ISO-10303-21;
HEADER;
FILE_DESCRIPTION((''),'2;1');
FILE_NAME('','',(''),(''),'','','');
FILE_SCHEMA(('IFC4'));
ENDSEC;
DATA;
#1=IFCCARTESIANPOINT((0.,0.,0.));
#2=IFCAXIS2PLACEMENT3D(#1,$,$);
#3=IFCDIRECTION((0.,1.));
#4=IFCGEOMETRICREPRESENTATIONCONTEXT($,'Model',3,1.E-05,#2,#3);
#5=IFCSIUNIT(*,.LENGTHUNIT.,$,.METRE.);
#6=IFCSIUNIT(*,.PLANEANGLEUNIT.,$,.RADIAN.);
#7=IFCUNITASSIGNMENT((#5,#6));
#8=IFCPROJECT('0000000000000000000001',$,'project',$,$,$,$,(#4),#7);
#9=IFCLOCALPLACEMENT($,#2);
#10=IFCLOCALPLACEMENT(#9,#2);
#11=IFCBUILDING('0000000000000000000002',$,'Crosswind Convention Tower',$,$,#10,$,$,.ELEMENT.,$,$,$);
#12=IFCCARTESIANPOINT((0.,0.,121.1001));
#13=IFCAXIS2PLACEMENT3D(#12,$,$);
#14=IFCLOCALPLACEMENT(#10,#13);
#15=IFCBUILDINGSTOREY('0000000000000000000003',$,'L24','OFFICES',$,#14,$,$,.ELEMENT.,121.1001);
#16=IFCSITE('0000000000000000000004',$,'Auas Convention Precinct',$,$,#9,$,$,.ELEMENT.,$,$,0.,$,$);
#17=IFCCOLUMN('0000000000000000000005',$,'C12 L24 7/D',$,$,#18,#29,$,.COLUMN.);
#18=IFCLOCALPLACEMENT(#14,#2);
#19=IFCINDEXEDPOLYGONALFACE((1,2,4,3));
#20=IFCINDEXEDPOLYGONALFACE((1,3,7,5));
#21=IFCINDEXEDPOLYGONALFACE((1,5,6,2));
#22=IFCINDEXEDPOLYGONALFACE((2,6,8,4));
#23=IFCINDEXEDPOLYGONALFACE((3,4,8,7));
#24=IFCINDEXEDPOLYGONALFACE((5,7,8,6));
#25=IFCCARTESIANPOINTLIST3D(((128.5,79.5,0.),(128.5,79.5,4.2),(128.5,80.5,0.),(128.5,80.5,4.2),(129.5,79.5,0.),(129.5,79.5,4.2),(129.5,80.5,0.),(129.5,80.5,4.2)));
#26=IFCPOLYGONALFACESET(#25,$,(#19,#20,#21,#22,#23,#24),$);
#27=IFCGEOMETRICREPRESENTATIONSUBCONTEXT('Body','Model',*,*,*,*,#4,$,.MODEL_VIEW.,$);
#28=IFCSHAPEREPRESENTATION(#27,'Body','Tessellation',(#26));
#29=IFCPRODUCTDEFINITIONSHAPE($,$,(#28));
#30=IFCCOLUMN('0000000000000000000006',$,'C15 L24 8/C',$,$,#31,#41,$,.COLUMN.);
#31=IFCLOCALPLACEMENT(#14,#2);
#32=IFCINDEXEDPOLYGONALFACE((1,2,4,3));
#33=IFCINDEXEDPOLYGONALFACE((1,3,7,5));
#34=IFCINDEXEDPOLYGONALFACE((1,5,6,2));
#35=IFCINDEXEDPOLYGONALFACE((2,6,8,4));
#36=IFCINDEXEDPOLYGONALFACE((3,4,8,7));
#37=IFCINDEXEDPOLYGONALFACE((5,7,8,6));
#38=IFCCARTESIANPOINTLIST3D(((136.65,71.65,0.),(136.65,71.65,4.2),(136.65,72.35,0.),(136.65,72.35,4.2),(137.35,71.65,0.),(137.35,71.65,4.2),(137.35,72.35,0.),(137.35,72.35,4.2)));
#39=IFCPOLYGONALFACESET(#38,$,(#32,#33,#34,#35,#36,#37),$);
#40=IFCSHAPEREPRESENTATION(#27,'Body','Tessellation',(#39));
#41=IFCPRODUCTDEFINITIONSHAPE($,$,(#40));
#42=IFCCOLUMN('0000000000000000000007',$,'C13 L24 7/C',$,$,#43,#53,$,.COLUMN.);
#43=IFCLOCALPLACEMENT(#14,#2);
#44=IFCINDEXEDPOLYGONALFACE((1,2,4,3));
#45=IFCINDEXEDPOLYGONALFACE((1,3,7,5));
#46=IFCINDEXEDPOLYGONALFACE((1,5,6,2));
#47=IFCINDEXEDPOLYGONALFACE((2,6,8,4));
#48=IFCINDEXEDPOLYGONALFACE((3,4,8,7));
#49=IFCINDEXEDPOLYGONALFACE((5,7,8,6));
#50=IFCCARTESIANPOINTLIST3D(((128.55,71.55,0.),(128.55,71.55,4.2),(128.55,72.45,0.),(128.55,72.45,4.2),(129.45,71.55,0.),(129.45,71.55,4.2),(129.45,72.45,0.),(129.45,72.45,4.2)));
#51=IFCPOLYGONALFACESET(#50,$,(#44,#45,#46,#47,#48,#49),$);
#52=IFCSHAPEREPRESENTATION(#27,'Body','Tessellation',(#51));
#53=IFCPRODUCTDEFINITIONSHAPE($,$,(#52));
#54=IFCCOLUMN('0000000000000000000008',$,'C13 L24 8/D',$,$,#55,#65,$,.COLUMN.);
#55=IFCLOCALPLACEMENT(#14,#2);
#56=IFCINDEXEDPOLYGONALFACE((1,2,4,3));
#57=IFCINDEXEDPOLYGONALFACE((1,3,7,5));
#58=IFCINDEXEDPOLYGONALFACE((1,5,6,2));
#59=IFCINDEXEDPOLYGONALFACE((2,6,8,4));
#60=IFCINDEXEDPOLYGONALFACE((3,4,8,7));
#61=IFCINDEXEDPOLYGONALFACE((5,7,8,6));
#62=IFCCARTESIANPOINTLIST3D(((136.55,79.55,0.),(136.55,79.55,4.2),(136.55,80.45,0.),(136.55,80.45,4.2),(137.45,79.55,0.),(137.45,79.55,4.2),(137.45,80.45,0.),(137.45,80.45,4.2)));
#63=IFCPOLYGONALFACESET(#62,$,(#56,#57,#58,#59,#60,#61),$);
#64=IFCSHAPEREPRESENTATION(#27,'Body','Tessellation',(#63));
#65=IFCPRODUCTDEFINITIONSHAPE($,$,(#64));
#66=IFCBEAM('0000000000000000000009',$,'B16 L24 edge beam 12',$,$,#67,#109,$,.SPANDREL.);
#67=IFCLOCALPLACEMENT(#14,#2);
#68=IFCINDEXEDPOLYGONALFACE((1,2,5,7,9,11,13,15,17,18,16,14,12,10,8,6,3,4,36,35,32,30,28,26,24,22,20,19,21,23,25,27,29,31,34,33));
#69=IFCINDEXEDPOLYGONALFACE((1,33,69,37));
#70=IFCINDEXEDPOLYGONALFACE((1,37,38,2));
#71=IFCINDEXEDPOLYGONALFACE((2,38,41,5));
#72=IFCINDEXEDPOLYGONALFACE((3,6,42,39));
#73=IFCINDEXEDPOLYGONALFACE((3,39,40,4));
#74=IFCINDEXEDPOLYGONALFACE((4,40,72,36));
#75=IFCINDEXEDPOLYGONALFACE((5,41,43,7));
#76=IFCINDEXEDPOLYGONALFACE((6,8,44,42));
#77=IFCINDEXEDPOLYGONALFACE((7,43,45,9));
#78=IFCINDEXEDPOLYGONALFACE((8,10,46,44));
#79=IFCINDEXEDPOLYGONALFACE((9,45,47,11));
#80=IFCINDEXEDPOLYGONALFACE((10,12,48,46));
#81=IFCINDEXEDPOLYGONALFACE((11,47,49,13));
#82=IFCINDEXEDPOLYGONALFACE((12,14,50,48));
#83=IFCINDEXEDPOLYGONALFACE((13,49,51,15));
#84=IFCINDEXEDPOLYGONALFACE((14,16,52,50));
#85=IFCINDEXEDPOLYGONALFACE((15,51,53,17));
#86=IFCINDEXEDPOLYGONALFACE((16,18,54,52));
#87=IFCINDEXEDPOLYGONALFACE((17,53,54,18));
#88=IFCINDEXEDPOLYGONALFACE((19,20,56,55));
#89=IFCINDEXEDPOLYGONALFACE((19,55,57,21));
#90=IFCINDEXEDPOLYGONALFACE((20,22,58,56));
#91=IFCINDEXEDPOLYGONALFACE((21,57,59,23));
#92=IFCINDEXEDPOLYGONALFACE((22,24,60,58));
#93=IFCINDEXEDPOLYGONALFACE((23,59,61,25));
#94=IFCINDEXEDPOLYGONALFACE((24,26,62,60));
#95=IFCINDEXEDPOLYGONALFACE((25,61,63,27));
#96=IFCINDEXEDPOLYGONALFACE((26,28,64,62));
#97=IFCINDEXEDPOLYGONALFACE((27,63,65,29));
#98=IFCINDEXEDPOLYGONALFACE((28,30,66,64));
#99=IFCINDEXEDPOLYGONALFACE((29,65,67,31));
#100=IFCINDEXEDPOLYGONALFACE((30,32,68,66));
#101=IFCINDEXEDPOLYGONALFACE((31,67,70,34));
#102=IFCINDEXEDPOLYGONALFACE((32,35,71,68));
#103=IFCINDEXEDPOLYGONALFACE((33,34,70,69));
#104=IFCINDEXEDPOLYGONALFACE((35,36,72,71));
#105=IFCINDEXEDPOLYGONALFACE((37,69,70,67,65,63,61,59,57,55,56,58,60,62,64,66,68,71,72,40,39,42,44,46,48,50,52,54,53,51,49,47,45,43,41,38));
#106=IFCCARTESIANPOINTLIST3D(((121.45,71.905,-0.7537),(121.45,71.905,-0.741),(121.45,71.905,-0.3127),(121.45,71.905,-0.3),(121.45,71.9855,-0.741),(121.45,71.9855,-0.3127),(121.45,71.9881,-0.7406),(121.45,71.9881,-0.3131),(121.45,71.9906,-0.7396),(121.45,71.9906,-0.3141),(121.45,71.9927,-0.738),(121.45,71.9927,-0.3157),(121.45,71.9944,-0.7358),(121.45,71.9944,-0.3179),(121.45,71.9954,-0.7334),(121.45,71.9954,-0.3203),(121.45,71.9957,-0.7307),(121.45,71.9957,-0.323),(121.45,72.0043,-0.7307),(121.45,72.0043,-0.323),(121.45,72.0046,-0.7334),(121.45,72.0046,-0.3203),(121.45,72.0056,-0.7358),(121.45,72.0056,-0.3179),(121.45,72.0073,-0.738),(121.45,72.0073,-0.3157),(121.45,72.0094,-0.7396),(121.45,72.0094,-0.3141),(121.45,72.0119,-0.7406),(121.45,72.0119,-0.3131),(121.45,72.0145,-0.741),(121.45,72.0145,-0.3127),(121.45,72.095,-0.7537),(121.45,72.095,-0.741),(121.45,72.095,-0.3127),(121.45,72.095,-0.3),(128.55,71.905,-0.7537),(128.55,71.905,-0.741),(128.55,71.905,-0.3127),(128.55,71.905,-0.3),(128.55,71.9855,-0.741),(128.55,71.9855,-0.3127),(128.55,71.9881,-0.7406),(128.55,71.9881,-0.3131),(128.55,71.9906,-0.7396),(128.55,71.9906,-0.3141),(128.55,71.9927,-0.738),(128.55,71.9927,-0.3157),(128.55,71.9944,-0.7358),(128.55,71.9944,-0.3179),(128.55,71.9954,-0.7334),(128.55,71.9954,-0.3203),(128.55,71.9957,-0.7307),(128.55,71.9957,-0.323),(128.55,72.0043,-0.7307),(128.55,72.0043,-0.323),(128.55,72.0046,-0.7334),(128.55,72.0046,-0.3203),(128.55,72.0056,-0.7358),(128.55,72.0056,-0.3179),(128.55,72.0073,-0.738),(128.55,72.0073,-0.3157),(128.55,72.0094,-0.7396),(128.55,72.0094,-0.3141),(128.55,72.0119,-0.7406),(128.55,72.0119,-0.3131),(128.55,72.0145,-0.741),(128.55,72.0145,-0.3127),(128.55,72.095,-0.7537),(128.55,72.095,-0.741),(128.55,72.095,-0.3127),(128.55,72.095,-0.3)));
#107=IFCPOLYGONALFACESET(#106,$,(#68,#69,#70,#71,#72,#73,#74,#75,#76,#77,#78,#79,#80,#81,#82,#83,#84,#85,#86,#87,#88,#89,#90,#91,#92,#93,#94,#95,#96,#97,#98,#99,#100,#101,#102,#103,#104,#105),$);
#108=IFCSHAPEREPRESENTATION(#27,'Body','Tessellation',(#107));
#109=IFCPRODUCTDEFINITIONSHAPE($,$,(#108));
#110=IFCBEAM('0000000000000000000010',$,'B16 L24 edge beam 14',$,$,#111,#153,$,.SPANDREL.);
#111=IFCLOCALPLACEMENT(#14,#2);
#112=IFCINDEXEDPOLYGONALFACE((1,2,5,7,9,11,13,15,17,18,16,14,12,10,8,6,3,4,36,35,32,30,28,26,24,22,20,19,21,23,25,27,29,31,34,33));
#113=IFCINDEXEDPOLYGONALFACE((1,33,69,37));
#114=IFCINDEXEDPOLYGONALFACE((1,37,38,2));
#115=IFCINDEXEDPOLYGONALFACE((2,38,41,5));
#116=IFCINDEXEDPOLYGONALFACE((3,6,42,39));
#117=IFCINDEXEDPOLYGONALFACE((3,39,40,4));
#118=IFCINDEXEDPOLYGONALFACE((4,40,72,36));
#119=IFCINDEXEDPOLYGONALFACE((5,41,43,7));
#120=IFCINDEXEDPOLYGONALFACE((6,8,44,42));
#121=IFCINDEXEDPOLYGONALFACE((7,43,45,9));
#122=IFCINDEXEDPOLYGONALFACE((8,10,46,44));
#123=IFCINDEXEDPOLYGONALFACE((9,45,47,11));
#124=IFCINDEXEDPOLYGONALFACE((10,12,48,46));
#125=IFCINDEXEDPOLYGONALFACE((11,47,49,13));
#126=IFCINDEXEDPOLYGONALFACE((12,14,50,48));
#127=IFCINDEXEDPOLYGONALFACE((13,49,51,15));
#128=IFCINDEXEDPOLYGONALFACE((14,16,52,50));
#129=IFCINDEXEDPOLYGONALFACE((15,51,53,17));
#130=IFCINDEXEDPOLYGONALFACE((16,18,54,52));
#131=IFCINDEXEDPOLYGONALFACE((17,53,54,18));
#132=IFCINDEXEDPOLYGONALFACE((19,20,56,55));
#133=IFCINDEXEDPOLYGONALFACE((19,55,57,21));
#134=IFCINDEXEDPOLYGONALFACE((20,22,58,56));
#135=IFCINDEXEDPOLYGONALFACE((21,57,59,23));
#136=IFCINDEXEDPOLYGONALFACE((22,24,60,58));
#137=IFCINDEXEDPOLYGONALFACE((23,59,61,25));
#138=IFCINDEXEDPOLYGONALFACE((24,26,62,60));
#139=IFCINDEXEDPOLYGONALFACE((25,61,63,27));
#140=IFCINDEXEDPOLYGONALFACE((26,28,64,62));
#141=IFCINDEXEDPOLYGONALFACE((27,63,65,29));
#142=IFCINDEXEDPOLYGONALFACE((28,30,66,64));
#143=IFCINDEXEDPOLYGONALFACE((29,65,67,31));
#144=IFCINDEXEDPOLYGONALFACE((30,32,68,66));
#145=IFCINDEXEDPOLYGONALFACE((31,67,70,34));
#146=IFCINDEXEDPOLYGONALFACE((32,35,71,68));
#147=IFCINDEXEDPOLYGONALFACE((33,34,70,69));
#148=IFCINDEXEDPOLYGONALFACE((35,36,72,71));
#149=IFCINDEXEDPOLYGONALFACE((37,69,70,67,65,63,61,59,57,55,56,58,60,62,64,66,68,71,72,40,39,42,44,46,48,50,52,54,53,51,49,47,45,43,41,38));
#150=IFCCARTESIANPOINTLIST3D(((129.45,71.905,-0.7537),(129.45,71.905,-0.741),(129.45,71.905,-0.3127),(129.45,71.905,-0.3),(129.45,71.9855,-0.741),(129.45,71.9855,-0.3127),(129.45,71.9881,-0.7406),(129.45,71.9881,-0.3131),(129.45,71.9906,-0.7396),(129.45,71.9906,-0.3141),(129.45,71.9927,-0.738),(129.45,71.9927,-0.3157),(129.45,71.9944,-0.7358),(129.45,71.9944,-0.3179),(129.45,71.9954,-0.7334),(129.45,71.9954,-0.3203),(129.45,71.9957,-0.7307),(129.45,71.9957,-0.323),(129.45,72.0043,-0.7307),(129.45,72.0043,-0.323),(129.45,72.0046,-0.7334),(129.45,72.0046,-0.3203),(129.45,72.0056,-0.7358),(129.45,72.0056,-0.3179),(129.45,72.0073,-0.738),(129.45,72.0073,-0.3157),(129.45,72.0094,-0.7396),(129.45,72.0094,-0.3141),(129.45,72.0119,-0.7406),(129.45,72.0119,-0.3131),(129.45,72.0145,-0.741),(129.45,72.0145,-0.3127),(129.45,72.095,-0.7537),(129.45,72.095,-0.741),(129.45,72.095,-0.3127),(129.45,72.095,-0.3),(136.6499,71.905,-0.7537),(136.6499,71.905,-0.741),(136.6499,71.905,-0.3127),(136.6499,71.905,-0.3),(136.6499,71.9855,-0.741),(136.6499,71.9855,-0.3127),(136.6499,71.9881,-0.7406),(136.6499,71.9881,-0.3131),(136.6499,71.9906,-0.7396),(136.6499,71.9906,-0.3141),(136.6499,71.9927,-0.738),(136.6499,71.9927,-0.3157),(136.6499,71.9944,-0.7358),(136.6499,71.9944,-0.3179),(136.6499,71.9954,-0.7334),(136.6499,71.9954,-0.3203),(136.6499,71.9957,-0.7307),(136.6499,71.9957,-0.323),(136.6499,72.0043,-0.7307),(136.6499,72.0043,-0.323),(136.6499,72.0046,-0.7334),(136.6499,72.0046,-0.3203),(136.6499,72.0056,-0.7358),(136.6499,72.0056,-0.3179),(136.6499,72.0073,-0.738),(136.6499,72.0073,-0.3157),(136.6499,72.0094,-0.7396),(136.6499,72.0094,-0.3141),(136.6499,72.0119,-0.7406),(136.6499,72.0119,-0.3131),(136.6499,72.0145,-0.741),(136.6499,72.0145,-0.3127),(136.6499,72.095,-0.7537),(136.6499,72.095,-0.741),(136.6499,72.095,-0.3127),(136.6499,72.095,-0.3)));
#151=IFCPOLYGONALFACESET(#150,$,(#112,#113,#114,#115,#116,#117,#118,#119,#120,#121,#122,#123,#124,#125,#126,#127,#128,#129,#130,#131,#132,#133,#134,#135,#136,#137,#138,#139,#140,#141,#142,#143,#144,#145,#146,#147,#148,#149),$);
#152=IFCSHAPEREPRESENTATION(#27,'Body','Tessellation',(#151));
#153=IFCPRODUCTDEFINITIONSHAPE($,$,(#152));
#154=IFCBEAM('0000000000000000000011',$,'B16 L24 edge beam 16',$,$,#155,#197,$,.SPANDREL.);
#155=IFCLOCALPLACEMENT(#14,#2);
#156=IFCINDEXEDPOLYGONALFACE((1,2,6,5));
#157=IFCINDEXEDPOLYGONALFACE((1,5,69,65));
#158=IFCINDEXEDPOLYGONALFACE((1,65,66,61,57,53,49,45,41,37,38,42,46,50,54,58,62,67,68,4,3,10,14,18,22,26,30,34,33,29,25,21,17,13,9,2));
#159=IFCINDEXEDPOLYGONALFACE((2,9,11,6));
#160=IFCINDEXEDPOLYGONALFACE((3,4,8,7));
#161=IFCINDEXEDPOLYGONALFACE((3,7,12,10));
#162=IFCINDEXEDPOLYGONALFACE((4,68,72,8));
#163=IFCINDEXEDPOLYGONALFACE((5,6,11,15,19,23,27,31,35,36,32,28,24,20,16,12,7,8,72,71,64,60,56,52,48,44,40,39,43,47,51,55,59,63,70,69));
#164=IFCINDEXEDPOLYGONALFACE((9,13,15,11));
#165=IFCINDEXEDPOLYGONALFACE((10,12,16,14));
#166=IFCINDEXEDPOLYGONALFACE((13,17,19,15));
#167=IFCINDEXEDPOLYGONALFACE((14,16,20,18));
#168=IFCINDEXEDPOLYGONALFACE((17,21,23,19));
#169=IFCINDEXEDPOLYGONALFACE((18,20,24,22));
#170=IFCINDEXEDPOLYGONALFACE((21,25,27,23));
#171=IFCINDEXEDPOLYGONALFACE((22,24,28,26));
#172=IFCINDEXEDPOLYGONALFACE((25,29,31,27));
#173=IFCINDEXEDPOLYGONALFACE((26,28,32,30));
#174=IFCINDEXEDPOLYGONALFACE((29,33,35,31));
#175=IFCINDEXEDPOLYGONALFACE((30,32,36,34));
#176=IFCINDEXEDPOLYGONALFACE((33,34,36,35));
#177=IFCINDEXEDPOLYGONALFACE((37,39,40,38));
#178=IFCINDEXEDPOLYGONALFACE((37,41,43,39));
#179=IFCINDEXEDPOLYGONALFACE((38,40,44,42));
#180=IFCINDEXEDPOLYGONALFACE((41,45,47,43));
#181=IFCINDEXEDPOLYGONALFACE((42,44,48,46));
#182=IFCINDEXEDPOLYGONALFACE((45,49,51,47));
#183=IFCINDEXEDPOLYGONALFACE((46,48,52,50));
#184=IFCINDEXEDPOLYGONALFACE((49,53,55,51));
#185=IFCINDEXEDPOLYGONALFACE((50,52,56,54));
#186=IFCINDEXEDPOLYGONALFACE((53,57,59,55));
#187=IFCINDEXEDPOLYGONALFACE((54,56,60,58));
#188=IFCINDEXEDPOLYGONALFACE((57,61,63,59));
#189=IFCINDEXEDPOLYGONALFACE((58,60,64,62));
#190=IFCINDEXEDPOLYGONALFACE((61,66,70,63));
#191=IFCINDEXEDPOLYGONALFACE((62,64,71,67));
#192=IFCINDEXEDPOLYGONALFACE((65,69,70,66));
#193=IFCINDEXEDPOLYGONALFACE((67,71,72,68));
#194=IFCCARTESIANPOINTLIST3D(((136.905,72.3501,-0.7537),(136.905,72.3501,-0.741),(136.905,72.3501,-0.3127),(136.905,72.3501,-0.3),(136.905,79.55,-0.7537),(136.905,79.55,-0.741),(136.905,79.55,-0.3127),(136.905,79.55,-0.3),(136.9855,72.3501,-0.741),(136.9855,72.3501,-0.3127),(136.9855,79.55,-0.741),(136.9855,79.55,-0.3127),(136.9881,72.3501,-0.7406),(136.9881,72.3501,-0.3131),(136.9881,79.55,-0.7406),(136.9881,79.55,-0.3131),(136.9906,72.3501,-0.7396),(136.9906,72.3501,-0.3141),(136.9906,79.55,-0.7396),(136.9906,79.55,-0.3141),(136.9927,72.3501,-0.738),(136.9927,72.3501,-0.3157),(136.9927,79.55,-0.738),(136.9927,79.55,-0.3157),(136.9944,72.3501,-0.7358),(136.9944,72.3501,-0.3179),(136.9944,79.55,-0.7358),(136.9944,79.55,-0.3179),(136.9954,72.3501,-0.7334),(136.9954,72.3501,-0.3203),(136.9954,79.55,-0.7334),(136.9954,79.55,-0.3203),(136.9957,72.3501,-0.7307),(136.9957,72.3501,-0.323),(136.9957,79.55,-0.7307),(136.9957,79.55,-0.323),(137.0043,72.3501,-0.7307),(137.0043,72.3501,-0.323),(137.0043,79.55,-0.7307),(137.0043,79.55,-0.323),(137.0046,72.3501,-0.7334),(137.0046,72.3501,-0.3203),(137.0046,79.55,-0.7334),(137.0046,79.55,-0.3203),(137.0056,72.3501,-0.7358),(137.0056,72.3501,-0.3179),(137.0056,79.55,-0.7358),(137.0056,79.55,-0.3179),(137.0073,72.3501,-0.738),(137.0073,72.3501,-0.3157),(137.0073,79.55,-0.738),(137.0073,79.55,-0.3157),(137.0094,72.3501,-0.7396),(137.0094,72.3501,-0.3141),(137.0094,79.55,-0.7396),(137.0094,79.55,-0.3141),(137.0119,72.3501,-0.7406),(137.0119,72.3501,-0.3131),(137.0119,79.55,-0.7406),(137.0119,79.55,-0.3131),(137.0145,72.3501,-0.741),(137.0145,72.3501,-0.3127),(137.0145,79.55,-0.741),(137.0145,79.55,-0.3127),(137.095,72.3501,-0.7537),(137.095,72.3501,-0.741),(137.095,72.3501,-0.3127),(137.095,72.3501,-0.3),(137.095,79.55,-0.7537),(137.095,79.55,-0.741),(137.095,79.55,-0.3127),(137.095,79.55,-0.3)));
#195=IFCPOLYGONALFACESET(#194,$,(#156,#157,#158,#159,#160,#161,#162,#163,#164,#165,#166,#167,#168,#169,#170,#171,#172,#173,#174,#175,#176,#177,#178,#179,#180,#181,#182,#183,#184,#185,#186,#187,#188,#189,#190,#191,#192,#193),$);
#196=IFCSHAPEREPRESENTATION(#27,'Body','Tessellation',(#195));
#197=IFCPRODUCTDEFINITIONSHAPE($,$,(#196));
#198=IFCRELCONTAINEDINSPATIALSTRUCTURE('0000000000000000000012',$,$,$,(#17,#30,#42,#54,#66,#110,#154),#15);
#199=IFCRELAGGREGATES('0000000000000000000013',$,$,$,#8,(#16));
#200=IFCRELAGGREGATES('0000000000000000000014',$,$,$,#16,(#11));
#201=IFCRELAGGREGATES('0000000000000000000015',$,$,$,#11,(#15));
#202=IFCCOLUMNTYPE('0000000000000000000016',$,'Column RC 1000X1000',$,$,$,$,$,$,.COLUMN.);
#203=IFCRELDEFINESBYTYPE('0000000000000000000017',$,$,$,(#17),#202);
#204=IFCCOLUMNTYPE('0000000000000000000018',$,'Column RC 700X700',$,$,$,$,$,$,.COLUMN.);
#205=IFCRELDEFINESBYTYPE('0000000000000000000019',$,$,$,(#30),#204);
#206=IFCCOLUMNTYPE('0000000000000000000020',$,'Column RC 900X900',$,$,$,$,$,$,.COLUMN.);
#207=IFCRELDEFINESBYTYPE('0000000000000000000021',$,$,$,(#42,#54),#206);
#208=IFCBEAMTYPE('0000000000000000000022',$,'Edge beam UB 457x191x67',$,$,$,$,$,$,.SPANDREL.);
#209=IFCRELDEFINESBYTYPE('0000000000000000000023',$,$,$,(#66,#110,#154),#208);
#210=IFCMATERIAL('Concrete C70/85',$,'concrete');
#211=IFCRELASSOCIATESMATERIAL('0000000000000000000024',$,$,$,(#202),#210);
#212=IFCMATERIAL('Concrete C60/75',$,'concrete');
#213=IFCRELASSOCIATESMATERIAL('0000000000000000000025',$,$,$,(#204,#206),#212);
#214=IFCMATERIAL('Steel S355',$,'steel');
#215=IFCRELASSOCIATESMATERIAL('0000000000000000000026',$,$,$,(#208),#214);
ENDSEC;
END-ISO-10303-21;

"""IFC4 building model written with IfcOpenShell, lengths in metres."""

from ifc_helpers import new_model, si_unit, direction, frame, origin, origin_2d, place, context, subcontext, project, spatial, rectangle, i_section, extrude, material, material_profile, profile_set, type_object, element, save


model = new_model("IFC4")

# Units and contexts
model_context = context("Model", 3, precision=1e-05, world=origin(), true_north=direction((0.0, 1.0)))
body_context = subcontext(model_context, "Body", "Model", "MODEL_VIEW")
ifc_project = project(units=[si_unit("LENGTHUNIT", "METRE"), si_unit("PLANEANGLEUNIT", "RADIAN")], contexts=[model_context])

# Site, building, storey
site_placement = place(None, origin())
site = spatial("IfcSite", under=ifc_project, at=site_placement, Name="Auas Convention Precinct", CompositionType="ELEMENT", RefElevation=0.0)
building_placement = place(site_placement, origin())
building = spatial("IfcBuilding", under=site, at=building_placement, Name="Crosswind Convention Tower", CompositionType="ELEMENT")
storey_placement = place(building_placement, frame((0.0, 0.0, 121.1001)))
storey = spatial("IfcBuildingStorey", under=building, at=storey_placement, Name="L24", Description="OFFICES", CompositionType="ELEMENT", Elevation=121.1001)

# Columns
ifc_material_1 = material(Name="Concrete C70/85", Category="concrete")
ifc_material_profile_1 = material_profile(ifc_material_1, rectangle(XDim=1.0, YDim=1.0, at=origin_2d()), Name="RC 1000X1000")
ifc_profile_set_1 = profile_set([ifc_material_profile_1], Name="Concrete C70/85")
column_type_1 = type_object("IfcColumnType", Name="Column RC 1000X1000", PredefinedType="COLUMN", material=ifc_profile_set_1)
column_1_placement = place(storey_placement, frame((129.0, 80.0, 0.0), z_axis=(0.0, 0.0, 1.0), x_axis=(1.0, 0.0, 0.0)))
element("IfcColumn", 1, at=column_1_placement, inside=storey, type_object=column_type_1, Name="C12 L24 7/D", PredefinedType="COLUMN", context=body_context, shape_type="SweptSolid", body=[
    extrude(rectangle(XDim=1.0, YDim=1.0, at=origin_2d()), origin(), (0.0, 0.0, 1.0), 4.2),
])
ifc_material_2 = material(Name="Concrete C60/75", Category="concrete")
ifc_material_profile_2 = material_profile(ifc_material_2, rectangle(XDim=0.7, YDim=0.7, at=origin_2d()), Name="RC 700X700")
ifc_profile_set_2 = profile_set([ifc_material_profile_2], Name="Concrete C60/75")
column_type_2 = type_object("IfcColumnType", Name="Column RC 700X700", PredefinedType="COLUMN", material=ifc_profile_set_2)
column_2_placement = place(storey_placement, frame((137.0, 72.0, 0.0), z_axis=(0.0, 0.0, 1.0), x_axis=(1.0, 0.0, 0.0)))
element("IfcColumn", 2, at=column_2_placement, inside=storey, type_object=column_type_2, Name="C15 L24 8/C", PredefinedType="COLUMN", context=body_context, shape_type="SweptSolid", body=[
    extrude(rectangle(XDim=0.7, YDim=0.7, at=origin_2d()), origin(), (0.0, 0.0, 1.0), 4.2),
])
ifc_material_profile_3 = material_profile(ifc_material_2, rectangle(XDim=0.8999, YDim=0.8999, at=origin_2d()), Name="RC 900X900")
ifc_profile_set_3 = profile_set([ifc_material_profile_3], Name="Concrete C60/75")
column_type_3 = type_object("IfcColumnType", Name="Column RC 900X900", PredefinedType="COLUMN", material=ifc_profile_set_3)
for number, where, z_axis, x_axis, name in (
    (3, (129.0, 72.0, 0.0), (0.0, 0.0, 1.0), (1.0, 0.0, 0.0), "C13 L24 7/C"),
    (4, (137.0, 80.0, 0.0), (0.0, 0.0, 1.0), (1.0, 0.0, 0.0), "C13 L24 8/D"),
):
    element("IfcColumn", number, at=place(storey_placement, frame(where, z_axis=z_axis, x_axis=x_axis)), inside=storey, type_object=column_type_3, Name=name, PredefinedType="COLUMN", context=body_context, shape_type="SweptSolid", body=[
        extrude(rectangle(XDim=0.8999, YDim=0.8999, at=origin_2d()), origin(), (0.0, 0.0, 1.0), 4.2),
    ])

# Beams
ifc_material_3 = material(Name="Steel S355", Category="steel")
ifc_material_profile_4 = material_profile(ifc_material_3, i_section(OverallWidth=0.1899, OverallDepth=0.4536, WebThickness=0.0085, FlangeThickness=0.0127, FilletRadius=0.0103, at=origin_2d()), Name="UB 457x191x67")
ifc_profile_set_4 = profile_set([ifc_material_profile_4], Name="Steel S355")
beam_type_1 = type_object("IfcBeamType", Name="Edge beam UB 457x191x67", PredefinedType="SPANDREL", material=ifc_profile_set_4)
beam_1_placement = place(storey_placement, frame((121.45, 72.0, -0.5269), z_axis=(1.0, 0.0, 0.0), x_axis=(0.0, 1.0, 0.0)))
element("IfcBeam", 5, at=beam_1_placement, inside=storey, type_object=beam_type_1, Name="B16 L24 edge beam 12", PredefinedType="SPANDREL", context=body_context, shape_type="SweptSolid", body=[
    extrude(i_section(OverallWidth=0.1899, OverallDepth=0.4536, WebThickness=0.0085, FlangeThickness=0.0127, FilletRadius=0.0103, at=origin_2d()), origin(), (0.0, 0.0, 1.0), 7.1001),
])
for number, where, z_axis, x_axis, name in (
    (6, (129.45, 72.0, -0.5269), (1.0, 0.0, 0.0), (0.0, 1.0, 0.0), "B16 L24 edge beam 14"),
    (7, (137.0, 72.3501, -0.5269), (0.0, 1.0, 0.0), (-1.0, 0.0, 0.0), "B16 L24 edge beam 16"),
):
    element("IfcBeam", number, at=place(storey_placement, frame(where, z_axis=z_axis, x_axis=x_axis)), inside=storey, type_object=beam_type_1, Name=name, PredefinedType="SPANDREL", context=body_context, shape_type="SweptSolid", body=[
        extrude(i_section(OverallWidth=0.1899, OverallDepth=0.4536, WebThickness=0.0085, FlangeThickness=0.0127, FilletRadius=0.0103, at=origin_2d()), origin(), (0.0, 0.0, 1.0), 7.2),
    ])

save(model, "model.ifc")
